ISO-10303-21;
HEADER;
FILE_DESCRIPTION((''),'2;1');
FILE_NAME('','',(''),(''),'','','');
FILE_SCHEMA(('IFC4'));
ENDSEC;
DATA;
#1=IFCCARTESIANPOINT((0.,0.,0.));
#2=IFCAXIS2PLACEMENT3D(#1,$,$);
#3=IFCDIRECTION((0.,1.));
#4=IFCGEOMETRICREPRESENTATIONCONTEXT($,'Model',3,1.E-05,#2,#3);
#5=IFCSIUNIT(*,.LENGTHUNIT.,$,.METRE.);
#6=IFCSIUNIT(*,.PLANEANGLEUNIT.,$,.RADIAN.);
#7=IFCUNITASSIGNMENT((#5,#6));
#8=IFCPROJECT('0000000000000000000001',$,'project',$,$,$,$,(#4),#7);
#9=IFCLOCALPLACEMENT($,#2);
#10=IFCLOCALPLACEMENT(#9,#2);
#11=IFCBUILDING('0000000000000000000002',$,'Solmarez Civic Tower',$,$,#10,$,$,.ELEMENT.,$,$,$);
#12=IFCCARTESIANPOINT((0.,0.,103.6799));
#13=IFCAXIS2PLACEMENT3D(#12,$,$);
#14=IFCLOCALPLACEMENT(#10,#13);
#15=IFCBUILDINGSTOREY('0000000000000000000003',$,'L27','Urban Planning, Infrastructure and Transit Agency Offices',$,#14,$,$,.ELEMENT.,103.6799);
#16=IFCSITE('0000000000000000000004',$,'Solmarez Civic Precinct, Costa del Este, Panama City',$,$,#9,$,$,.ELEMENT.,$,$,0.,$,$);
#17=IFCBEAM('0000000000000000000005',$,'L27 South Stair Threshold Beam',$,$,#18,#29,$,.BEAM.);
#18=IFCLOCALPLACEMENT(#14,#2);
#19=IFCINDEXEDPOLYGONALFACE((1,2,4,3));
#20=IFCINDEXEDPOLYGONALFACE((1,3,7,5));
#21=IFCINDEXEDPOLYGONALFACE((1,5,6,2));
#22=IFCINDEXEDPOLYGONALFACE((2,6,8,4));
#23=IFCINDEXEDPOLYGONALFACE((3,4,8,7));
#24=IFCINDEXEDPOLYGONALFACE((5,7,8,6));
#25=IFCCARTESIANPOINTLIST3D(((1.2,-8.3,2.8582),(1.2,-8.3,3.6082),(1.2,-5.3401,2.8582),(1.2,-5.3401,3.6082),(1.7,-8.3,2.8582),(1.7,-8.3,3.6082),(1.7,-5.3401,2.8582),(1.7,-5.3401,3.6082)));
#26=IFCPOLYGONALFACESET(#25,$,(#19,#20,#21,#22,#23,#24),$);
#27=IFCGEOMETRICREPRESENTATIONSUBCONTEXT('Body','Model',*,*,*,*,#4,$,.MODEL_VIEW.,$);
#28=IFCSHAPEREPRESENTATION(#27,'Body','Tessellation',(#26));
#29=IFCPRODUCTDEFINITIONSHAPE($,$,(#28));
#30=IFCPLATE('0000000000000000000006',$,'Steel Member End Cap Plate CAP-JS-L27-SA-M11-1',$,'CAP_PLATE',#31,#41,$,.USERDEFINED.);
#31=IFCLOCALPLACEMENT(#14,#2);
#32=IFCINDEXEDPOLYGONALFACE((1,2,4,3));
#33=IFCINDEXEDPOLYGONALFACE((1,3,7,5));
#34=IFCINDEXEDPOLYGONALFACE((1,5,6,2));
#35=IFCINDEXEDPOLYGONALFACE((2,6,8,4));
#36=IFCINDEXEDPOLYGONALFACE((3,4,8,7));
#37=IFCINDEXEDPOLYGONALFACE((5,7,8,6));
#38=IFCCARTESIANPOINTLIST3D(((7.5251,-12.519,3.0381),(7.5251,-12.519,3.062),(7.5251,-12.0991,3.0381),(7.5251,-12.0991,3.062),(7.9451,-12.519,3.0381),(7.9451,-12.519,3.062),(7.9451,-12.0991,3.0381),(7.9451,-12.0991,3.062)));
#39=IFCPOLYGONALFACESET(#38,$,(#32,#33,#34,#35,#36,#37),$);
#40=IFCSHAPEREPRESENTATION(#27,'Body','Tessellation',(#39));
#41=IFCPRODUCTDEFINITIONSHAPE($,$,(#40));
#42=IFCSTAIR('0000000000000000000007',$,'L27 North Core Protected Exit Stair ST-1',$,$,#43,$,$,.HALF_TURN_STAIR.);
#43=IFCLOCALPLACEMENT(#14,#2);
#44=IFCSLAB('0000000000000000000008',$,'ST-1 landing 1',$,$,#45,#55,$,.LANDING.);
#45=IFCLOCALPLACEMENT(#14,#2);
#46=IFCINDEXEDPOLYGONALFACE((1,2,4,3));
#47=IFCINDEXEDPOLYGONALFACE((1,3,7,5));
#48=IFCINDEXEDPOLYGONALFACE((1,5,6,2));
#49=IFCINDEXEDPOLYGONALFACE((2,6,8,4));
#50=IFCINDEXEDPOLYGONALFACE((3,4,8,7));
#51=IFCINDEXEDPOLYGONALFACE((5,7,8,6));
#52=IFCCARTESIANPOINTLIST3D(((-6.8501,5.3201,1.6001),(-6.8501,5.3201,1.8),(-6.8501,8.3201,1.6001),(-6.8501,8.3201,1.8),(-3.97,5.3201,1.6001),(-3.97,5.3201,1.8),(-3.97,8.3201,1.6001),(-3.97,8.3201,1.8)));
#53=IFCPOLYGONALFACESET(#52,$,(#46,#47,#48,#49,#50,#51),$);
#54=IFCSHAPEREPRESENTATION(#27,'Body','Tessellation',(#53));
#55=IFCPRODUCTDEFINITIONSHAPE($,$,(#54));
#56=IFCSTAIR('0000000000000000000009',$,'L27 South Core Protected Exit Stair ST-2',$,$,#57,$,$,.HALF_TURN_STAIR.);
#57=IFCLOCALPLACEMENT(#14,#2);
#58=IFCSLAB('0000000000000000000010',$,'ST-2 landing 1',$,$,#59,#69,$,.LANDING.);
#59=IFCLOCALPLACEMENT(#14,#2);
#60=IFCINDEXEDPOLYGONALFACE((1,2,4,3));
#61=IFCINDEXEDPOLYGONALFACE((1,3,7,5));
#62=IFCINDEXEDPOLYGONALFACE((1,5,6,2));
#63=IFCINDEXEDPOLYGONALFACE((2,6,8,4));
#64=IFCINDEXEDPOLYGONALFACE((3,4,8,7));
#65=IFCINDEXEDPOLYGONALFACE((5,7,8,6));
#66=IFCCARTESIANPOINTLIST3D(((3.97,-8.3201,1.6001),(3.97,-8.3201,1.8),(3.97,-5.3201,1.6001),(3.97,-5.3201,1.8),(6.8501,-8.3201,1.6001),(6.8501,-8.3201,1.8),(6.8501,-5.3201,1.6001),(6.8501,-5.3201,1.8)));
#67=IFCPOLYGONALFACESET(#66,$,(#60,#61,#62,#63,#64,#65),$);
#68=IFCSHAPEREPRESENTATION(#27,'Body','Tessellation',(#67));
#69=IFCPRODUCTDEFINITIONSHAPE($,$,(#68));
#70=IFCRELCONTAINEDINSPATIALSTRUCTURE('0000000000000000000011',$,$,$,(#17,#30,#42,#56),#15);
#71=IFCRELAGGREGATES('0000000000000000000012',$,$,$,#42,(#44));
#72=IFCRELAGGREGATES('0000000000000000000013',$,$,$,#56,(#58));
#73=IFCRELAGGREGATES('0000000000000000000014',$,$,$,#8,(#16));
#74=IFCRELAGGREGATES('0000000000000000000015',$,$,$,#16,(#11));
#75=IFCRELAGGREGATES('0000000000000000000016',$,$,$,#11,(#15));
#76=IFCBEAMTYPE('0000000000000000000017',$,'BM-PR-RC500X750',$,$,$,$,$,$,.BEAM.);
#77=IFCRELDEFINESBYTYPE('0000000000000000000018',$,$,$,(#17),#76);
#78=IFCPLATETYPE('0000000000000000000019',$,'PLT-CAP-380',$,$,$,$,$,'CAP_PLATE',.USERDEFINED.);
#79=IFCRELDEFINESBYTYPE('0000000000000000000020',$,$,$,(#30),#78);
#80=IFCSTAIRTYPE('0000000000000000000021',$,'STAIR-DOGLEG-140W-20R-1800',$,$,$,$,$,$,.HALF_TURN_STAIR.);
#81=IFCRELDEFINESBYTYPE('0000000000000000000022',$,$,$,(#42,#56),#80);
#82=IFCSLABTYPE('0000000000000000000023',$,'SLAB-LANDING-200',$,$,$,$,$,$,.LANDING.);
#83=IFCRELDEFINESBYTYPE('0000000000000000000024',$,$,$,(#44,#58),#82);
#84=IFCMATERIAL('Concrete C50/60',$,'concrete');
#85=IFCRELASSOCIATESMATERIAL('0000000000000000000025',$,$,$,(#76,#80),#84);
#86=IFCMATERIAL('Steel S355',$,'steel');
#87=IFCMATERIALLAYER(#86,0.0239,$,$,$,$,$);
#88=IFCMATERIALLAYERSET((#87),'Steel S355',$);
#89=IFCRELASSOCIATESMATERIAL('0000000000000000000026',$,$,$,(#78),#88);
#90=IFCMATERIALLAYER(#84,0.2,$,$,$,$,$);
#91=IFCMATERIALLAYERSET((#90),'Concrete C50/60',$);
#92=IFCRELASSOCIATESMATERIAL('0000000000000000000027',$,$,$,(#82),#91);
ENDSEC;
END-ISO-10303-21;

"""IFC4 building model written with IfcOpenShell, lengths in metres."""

from ifc_helpers import new_model, si_unit, direction, frame, origin, origin_2d, place, context, subcontext, project, spatial, polyline, rectangle, outline, extrude, material, layer, layer_set, material_profile, profile_set, type_object, element, aggregate, save


model = new_model("IFC4")

# Units and contexts
model_context = context("Model", 3, precision=1e-05, world=origin(), true_north=direction((0.0, 1.0)))
body_context = subcontext(model_context, "Body", "Model", "MODEL_VIEW")
ifc_project = project(units=[si_unit("LENGTHUNIT", "METRE"), si_unit("PLANEANGLEUNIT", "RADIAN")], contexts=[model_context])

# Site, building, storey
site_placement = place(None, origin())
site = spatial("IfcSite", under=ifc_project, at=site_placement, Name="Solmarez Civic Precinct, Costa del Este, Panama City", CompositionType="ELEMENT", RefElevation=0.0)
building_placement = place(site_placement, origin())
building = spatial("IfcBuilding", under=site, at=building_placement, Name="Solmarez Civic Tower", CompositionType="ELEMENT")
storey_placement = place(building_placement, frame((0.0, 0.0, 103.6799)))
storey = spatial("IfcBuildingStorey", under=building, at=storey_placement, Name="L27", Description="Urban Planning, Infrastructure and Transit Agency Offices", CompositionType="ELEMENT", Elevation=103.6799)

# Beam
ifc_material_1 = material(Name="Concrete C50/60", Category="concrete")
ifc_material_profile = material_profile(ifc_material_1, rectangle(XDim=0.5, YDim=0.75, at=origin_2d()), Name="RC500X750")
ifc_profile_set = profile_set([ifc_material_profile], Name="Concrete C50/60")
beam_type = type_object("IfcBeamType", Name="BM-PR-RC500X750", PredefinedType="BEAM", material=ifc_profile_set)
beam_placement = place(storey_placement, frame((1.45, -8.3, 3.2332), z_axis=(0.0, 1.0, 0.0), x_axis=(-1.0, 0.0, 0.0)))
element("IfcBeam", 1, at=beam_placement, inside=storey, type_object=beam_type, Name="L27 South Stair Threshold Beam", PredefinedType="BEAM", context=body_context, shape_type="SweptSolid", body=[
    extrude(rectangle(XDim=0.5, YDim=0.75, at=origin_2d()), origin(), (0.0, 0.0, 1.0), 2.96),
])

# Plate
ifc_material_2 = material(Name="Steel S355", Category="steel")
ifc_layer_1 = layer(ifc_material_2, 0.0239)
ifc_layer_set_1 = layer_set([ifc_layer_1], Name="Steel S355")
plate_type = type_object("IfcPlateType", Name="PLT-CAP-380", ElementType="CAP_PLATE", PredefinedType="USERDEFINED", material=ifc_layer_set_1)
plate_placement = place(storey_placement, frame((7.7351, -12.3091, 3.0381), z_axis=(0.0, 0.0, 1.0), x_axis=(1.0, 0.0, 0.0)))
element("IfcPlate", 2, at=plate_placement, inside=storey, type_object=plate_type, Name="Steel Member End Cap Plate CAP-JS-L27-SA-M11-1", ObjectType="CAP_PLATE", PredefinedType="USERDEFINED", context=body_context, shape_type="SweptSolid", body=[
    extrude(rectangle(XDim=0.4199, YDim=0.4199, at=origin_2d()), origin(), (0.0, 0.0, 1.0), 0.0239),
])

# Stairs, slabs
stair_type = type_object("IfcStairType", Name="STAIR-DOGLEG-140W-20R-1800", PredefinedType="HALF_TURN_STAIR", material=ifc_material_1)
stair_1_placement = place(storey_placement, origin())
stair_1 = element("IfcStair", 3, at=stair_1_placement, inside=storey, type_object=stair_type, Name="L27 North Core Protected Exit Stair ST-1", PredefinedType="HALF_TURN_STAIR")
ifc_layer_2 = layer(ifc_material_1, 0.2)
ifc_layer_set_2 = layer_set([ifc_layer_2], Name="Concrete C50/60")
slab_type_1 = type_object("IfcSlabType", Name="SLAB-LANDING-200", PredefinedType="LANDING", material=ifc_layer_set_2)
slab_1_placement = place(storey_placement, frame((0.0, 0.0, 1.6001)))
slab_1 = element("IfcSlab", 4, at=slab_1_placement, type_object=slab_type_1, Name="ST-1 landing 1", PredefinedType="LANDING", context=body_context, shape_type="SweptSolid", body=[
    extrude(outline(polyline([(-3.97, 8.3201), (-6.8501, 8.3201), (-6.8501, 5.3201), (-3.97, 5.3201), (-3.97, 8.3201)])), origin(), (0.0, 0.0, 1.0), 0.2),
])
aggregate(stair_1, [slab_1])
stair_2_placement = place(storey_placement, origin())
stair_2 = element("IfcStair", 5, at=stair_2_placement, inside=storey, type_object=stair_type, Name="L27 South Core Protected Exit Stair ST-2", PredefinedType="HALF_TURN_STAIR")
slab_2_placement = place(storey_placement, frame((0.0, 0.0, 1.6001)))
slab_2 = element("IfcSlab", 6, at=slab_2_placement, type_object=slab_type_1, Name="ST-2 landing 1", PredefinedType="LANDING", context=body_context, shape_type="SweptSolid", body=[
    extrude(outline(polyline([(3.97, -8.3201), (6.8501, -8.3201), (6.8501, -5.3201), (3.97, -5.3201), (3.97, -8.3201)])), origin(), (0.0, 0.0, 1.0), 0.2),
])

aggregate(stair_2, [slab_2])

save(model, "model.ifc")
